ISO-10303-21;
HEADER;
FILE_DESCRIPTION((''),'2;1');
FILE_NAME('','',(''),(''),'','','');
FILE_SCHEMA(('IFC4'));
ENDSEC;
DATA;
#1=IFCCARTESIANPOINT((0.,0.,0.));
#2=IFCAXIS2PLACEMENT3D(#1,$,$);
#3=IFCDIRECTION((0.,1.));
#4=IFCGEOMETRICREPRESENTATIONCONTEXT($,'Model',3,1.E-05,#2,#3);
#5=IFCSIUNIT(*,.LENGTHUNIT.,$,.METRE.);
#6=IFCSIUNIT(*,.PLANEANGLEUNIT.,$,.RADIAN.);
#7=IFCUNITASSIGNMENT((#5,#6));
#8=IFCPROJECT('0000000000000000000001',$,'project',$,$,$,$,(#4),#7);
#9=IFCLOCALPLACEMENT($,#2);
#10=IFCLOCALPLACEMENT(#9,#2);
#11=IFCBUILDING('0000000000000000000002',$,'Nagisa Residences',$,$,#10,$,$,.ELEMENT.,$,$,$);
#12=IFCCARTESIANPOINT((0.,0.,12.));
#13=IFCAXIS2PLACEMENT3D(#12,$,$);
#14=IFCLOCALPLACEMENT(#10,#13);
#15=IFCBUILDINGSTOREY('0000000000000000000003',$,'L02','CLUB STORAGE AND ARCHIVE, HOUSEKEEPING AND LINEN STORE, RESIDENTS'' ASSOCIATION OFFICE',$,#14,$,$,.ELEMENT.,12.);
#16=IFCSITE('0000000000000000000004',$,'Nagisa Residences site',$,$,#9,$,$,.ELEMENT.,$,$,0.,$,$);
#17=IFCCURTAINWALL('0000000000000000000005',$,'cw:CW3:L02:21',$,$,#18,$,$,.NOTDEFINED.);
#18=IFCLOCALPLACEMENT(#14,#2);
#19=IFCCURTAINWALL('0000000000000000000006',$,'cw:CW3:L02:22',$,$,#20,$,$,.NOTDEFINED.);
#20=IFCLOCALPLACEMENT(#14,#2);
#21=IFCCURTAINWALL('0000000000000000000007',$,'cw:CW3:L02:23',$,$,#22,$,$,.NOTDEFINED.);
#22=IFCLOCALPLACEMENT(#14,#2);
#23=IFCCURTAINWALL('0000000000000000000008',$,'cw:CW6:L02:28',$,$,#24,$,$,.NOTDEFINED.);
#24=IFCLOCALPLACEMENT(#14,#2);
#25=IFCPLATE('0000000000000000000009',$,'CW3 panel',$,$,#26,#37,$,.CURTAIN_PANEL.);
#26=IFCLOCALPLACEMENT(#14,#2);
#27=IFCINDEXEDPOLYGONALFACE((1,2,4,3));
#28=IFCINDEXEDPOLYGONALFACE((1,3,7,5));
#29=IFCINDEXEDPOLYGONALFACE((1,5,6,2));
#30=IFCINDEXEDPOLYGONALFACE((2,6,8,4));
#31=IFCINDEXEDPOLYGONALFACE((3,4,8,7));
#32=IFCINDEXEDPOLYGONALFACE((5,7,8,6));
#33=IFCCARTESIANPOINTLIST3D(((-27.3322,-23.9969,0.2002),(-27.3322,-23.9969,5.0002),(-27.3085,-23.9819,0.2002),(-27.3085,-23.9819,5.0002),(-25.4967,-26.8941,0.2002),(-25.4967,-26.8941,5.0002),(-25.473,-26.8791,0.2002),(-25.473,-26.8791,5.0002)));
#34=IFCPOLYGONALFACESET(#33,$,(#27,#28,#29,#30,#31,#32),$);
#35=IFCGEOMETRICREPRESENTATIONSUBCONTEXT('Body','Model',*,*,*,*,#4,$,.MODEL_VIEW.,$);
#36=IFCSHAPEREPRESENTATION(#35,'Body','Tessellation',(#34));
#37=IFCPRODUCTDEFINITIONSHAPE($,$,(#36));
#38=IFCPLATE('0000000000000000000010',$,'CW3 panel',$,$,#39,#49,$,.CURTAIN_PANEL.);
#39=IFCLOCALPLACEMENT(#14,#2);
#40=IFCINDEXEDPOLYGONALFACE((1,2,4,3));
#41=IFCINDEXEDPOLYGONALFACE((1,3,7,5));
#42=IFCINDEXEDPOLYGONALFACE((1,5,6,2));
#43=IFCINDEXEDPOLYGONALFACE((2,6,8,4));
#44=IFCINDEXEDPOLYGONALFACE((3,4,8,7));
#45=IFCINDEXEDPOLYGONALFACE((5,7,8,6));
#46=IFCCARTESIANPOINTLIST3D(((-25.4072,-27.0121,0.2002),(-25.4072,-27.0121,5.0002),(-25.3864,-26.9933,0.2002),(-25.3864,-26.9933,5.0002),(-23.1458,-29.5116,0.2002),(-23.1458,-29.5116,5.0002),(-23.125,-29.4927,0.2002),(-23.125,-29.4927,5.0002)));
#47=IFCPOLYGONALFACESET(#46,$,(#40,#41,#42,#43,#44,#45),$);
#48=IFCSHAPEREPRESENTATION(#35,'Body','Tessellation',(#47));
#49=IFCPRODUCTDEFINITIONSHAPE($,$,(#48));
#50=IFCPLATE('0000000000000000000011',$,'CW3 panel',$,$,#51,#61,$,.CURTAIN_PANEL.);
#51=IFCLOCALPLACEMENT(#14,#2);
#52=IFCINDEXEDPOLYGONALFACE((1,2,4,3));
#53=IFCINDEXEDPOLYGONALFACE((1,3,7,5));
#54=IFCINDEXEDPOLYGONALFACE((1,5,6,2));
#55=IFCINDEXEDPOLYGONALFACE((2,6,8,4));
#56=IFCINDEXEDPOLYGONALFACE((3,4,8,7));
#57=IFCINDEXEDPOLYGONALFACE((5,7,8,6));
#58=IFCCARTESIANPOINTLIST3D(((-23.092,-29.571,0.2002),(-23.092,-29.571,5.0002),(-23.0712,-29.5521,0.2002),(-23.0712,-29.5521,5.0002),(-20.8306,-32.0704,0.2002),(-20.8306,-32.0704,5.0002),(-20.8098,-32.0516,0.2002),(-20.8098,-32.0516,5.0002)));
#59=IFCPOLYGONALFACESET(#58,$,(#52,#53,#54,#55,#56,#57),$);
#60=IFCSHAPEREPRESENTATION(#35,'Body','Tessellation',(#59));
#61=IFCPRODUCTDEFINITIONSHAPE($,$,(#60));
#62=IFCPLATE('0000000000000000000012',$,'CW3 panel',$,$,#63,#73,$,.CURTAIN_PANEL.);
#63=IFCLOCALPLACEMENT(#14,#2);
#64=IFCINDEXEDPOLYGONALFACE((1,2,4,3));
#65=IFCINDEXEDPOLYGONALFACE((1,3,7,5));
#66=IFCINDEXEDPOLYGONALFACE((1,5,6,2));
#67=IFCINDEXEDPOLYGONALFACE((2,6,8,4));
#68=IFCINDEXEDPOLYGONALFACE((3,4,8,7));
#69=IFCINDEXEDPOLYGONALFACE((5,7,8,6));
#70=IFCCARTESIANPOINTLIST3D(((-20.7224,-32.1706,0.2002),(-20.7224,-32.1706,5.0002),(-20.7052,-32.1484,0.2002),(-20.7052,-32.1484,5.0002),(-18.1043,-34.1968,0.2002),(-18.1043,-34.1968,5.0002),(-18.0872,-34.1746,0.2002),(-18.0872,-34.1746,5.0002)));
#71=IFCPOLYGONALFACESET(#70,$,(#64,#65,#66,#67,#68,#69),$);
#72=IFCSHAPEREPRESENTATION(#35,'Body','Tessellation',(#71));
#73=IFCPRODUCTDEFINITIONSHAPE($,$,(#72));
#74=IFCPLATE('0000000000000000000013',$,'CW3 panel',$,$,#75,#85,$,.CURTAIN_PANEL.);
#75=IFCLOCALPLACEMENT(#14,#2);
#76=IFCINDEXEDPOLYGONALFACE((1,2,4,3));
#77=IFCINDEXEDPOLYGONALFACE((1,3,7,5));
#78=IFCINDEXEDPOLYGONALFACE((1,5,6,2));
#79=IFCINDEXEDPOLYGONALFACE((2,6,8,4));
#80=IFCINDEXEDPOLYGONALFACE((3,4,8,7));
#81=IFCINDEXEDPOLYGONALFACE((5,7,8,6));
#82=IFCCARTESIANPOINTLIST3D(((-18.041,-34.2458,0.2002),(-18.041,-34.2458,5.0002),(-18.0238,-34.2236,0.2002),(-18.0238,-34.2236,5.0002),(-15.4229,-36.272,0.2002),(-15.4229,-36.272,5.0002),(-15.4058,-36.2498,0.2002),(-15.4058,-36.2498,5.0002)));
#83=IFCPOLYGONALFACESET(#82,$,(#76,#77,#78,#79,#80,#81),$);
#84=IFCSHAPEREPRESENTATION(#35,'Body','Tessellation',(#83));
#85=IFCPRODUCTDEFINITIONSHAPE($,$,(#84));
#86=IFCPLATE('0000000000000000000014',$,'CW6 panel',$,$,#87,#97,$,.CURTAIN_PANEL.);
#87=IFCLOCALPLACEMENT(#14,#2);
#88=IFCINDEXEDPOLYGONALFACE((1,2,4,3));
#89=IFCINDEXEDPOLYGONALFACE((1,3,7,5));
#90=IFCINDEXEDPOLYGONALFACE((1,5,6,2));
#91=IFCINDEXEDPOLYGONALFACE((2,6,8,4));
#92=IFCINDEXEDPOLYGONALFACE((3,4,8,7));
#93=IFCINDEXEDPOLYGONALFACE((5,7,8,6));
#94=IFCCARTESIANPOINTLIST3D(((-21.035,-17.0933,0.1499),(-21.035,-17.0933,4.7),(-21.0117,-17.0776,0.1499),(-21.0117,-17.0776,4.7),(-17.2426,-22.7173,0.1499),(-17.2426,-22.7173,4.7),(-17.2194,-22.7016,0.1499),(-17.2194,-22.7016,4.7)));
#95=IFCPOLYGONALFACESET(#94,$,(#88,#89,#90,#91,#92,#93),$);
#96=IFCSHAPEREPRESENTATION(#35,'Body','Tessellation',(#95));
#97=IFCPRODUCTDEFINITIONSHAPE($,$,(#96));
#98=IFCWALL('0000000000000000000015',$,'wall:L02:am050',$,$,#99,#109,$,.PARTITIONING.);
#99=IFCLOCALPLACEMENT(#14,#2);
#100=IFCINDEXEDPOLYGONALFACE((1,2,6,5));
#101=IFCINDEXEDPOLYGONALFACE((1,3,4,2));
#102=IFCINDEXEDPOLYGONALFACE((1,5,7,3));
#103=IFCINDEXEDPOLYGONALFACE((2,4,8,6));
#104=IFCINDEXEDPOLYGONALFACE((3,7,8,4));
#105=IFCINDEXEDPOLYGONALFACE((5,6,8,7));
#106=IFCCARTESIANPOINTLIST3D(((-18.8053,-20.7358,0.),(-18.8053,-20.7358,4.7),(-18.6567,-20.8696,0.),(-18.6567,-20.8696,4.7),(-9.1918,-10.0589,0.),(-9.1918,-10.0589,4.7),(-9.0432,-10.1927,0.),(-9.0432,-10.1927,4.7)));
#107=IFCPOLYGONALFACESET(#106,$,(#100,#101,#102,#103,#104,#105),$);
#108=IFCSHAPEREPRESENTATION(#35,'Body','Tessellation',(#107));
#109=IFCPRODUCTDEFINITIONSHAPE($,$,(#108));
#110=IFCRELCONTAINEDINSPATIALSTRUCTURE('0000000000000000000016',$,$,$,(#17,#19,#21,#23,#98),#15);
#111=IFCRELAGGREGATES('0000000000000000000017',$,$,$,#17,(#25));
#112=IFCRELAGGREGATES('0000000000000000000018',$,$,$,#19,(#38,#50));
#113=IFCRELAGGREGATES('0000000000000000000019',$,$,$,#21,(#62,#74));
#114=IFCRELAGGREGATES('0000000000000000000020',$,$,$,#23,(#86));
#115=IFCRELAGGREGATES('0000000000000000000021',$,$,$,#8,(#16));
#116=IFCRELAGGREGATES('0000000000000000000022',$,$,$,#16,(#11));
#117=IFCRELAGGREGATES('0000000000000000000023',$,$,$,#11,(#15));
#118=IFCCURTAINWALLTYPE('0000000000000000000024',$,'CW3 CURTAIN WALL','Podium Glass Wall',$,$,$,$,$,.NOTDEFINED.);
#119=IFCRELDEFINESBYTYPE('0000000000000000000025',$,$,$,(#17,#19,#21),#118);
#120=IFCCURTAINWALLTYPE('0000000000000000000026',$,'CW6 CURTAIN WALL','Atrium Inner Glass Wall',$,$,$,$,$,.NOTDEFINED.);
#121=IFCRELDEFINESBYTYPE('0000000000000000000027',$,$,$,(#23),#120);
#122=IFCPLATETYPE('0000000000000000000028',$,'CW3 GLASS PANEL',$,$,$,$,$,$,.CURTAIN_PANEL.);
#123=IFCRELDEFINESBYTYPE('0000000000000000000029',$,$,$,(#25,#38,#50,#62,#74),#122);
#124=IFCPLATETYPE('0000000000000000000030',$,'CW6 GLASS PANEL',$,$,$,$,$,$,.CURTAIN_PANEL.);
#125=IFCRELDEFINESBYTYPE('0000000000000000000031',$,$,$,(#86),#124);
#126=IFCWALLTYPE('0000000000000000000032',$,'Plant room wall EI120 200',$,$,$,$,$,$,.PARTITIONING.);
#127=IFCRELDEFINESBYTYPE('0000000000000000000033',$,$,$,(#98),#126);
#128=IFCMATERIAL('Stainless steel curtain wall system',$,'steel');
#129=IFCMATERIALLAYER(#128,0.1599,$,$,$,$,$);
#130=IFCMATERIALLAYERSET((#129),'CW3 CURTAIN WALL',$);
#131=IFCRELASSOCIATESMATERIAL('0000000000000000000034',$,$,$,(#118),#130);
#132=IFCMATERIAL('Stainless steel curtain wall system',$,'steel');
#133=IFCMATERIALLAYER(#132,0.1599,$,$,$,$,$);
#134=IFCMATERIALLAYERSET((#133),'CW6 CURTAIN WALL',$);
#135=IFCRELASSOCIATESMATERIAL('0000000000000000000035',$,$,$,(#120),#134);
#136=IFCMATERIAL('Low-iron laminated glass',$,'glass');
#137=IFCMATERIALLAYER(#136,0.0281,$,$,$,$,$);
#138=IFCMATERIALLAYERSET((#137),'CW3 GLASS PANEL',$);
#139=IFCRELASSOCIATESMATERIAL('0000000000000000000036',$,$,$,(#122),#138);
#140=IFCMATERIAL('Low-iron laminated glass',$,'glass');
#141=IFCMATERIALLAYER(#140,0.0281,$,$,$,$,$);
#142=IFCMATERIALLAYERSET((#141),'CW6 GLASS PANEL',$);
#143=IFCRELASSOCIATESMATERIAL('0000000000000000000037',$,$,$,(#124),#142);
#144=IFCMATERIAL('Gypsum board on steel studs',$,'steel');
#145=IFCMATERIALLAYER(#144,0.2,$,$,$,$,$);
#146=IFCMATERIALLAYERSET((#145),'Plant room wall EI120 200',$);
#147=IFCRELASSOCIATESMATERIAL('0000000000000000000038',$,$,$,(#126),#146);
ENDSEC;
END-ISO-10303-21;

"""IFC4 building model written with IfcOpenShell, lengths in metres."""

from ifc_helpers import new_model, si_unit, direction, frame, frame_2d, origin, origin_2d, place, context, subcontext, project, spatial, rectangle, extrude, material, layer, layer_set, type_object, element, aggregate, save


model = new_model("IFC4")

# Units and contexts
model_context = context("Model", 3, precision=1e-05, world=origin(), true_north=direction((0.0, 1.0)))
body_context = subcontext(model_context, "Body", "Model", "MODEL_VIEW")
ifc_project = project(units=[si_unit("LENGTHUNIT", "METRE"), si_unit("PLANEANGLEUNIT", "RADIAN")], contexts=[model_context])

# Site, building, storey
site_placement = place(None, origin())
site = spatial("IfcSite", under=ifc_project, at=site_placement, Name="Nagisa Residences site", CompositionType="ELEMENT", RefElevation=0.0)
building_placement = place(site_placement, origin())
building = spatial("IfcBuilding", under=site, at=building_placement, Name="Nagisa Residences", CompositionType="ELEMENT")
storey_placement = place(building_placement, frame((0.0, 0.0, 12.0)))
storey = spatial("IfcBuildingStorey", under=building, at=storey_placement, Name="L02", Description="CLUB STORAGE AND ARCHIVE, HOUSEKEEPING AND LINEN STORE, RESIDENTS' ASSOCIATION OFFICE", CompositionType="ELEMENT", Elevation=12.0)

# Curtain walls
ifc_material_1 = material(Name="Stainless steel curtain wall system", Category="steel")
ifc_layer_1 = layer(ifc_material_1, 0.1599)
ifc_layer_set_1 = layer_set([ifc_layer_1], Name="CW3 CURTAIN WALL")
curtain_wall_type_1 = type_object("IfcCurtainWallType", Name="CW3 CURTAIN WALL", Description="Podium Glass Wall", PredefinedType="NOTDEFINED", material=ifc_layer_set_1)
curtain_wall_1_placement = place(storey_placement, origin())
curtain_wall_1 = element("IfcCurtainWall", 1, at=curtain_wall_1_placement, inside=storey, type_object=curtain_wall_type_1, Name="cw:CW3:L02:21", PredefinedType="NOTDEFINED")
curtain_wall_2_placement = place(storey_placement, origin())
curtain_wall_2 = element("IfcCurtainWall", 2, at=curtain_wall_2_placement, inside=storey, type_object=curtain_wall_type_1, Name="cw:CW3:L02:22", PredefinedType="NOTDEFINED")
curtain_wall_3_placement = place(storey_placement, origin())
curtain_wall_3 = element("IfcCurtainWall", 3, at=curtain_wall_3_placement, inside=storey, type_object=curtain_wall_type_1, Name="cw:CW3:L02:23", PredefinedType="NOTDEFINED")

# Curtain wall
ifc_material_2 = material(Name="Stainless steel curtain wall system", Category="steel")
ifc_layer_2 = layer(ifc_material_2, 0.1599)
ifc_layer_set_2 = layer_set([ifc_layer_2], Name="CW6 CURTAIN WALL")
curtain_wall_type_2 = type_object("IfcCurtainWallType", Name="CW6 CURTAIN WALL", Description="Atrium Inner Glass Wall", PredefinedType="NOTDEFINED", material=ifc_layer_set_2)
curtain_wall_4_placement = place(storey_placement, origin())
curtain_wall_4 = element("IfcCurtainWall", 4, at=curtain_wall_4_placement, inside=storey, type_object=curtain_wall_type_2, Name="cw:CW6:L02:28", PredefinedType="NOTDEFINED")

# Plates
ifc_material_3 = material(Name="Low-iron laminated glass", Category="glass")
ifc_layer_3 = layer(ifc_material_3, 0.0281)
ifc_layer_set_3 = layer_set([ifc_layer_3], Name="CW3 GLASS PANEL")
plate_type_1 = type_object("IfcPlateType", Name="CW3 GLASS PANEL", PredefinedType="CURTAIN_PANEL", material=ifc_layer_set_3)
plate_1_placement = place(storey_placement, frame((-26.4026, -25.438, 0.2002), z_axis=(0.0, 0.0, 1.0), x_axis=(0.535165, -0.844747, 0.0)))
plate_1 = element("IfcPlate", 5, at=plate_1_placement, type_object=plate_type_1, Name="CW3 panel", PredefinedType="CURTAIN_PANEL", context=body_context, shape_type="SweptSolid", body=[
    extrude(rectangle(XDim=3.4297, YDim=0.0281, at=origin_2d()), origin(), (0.0, 0.0, 1.0), 4.8),
])
aggregate(curtain_wall_1, [plate_1])
plate_2_placement = place(storey_placement, frame((-24.2661, -28.2524, 0.2002), z_axis=(0.0, 0.0, 1.0), x_axis=(0.670913, -0.741536, 0.0)))
plate_2 = element("IfcPlate", 6, at=plate_2_placement, type_object=plate_type_1, Name="CW3 panel", PredefinedType="CURTAIN_PANEL", context=body_context, shape_type="SweptSolid", body=[
    extrude(rectangle(XDim=3.3706, YDim=0.0281, at=origin_2d()), origin(), (0.0, 0.0, 1.0), 4.8),
])
plate_3_placement = place(storey_placement, frame((-21.9509, -30.8113, 0.2002), z_axis=(0.0, 0.0, 1.0), x_axis=(0.670913, -0.741536, 0.0)))
plate_3 = element("IfcPlate", 7, at=plate_3_placement, type_object=plate_type_1, Name="CW3 panel", PredefinedType="CURTAIN_PANEL", context=body_context, shape_type="SweptSolid", body=[
    extrude(rectangle(XDim=3.3706, YDim=0.0281, at=origin_2d()), origin(), (0.0, 0.0, 1.0), 4.8),
])
aggregate(curtain_wall_2, [plate_2, plate_3])
plate_4_placement = place(storey_placement, frame((-19.4048, -33.1726, 0.2002), z_axis=(0.0, 0.0, 1.0), x_axis=(0.790831, -0.612035, 0.0)))
plate_4 = element("IfcPlate", 8, at=plate_4_placement, type_object=plate_type_1, Name="CW3 panel", PredefinedType="CURTAIN_PANEL", context=body_context, shape_type="SweptSolid", body=[
    extrude(rectangle(XDim=3.3105, YDim=0.0281, at=origin_2d()), origin(), (0.0, 0.0, 1.0), 4.8),
])
plate_5_placement = place(storey_placement, frame((-16.7234, -35.2478, 0.2002), z_axis=(0.0, 0.0, 1.0), x_axis=(0.790831, -0.612035, 0.0)))
plate_5 = element("IfcPlate", 9, at=plate_5_placement, type_object=plate_type_1, Name="CW3 panel", PredefinedType="CURTAIN_PANEL", context=body_context, shape_type="SweptSolid", body=[
    extrude(rectangle(XDim=3.3105, YDim=0.0281, at=origin_2d()), origin(), (0.0, 0.0, 1.0), 4.8),
])
aggregate(curtain_wall_3, [plate_4, plate_5])
ifc_material_4 = material(Name="Low-iron laminated glass", Category="glass")
ifc_layer_4 = layer(ifc_material_4, 0.0281)
ifc_layer_set_4 = layer_set([ifc_layer_4], Name="CW6 GLASS PANEL")
plate_type_2 = type_object("IfcPlateType", Name="CW6 GLASS PANEL", PredefinedType="CURTAIN_PANEL", material=ifc_layer_set_4)
plate_6_placement = place(storey_placement, frame((-19.1272, -19.8975, 0.1499), z_axis=(0.0, 0.0, 1.0), x_axis=(0.559084, -0.829111, 0.0)))
plate_6 = element("IfcPlate", 10, at=plate_6_placement, type_object=plate_type_2, Name="CW6 panel", PredefinedType="CURTAIN_PANEL", context=body_context, shape_type="SweptSolid", body=[
    extrude(rectangle(XDim=6.7832, YDim=0.0281, at=origin_2d()), origin(), (0.0, 0.0, 1.0), 4.55),
])
aggregate(curtain_wall_4, [plate_6])

# Wall
ifc_material_5 = material(Name="Gypsum board on steel studs", Category="steel")
ifc_layer_5 = layer(ifc_material_5, 0.2)
ifc_layer_set_5 = layer_set([ifc_layer_5], Name="Plant room wall EI120 200")
wall_type = type_object("IfcWallType", Name="Plant room wall EI120 200", PredefinedType="PARTITIONING", material=ifc_layer_set_5)
wall_placement = place(storey_placement, frame((-18.731, -20.8027, 0.0), z_axis=(0.0, 0.0, 1.0), x_axis=(0.669127, 0.743148, 0.0)))
element("IfcWall", 11, at=wall_placement, inside=storey, type_object=wall_type, Name="wall:L02:am050", PredefinedType="PARTITIONING", context=body_context, shape_type="SweptSolid", body=[
    extrude(rectangle(XDim=14.3672, YDim=0.2, at=frame_2d((7.1836, 0.0))), origin(), (0.0, 0.0, 1.0), 4.7),
])

save(model, "model.ifc")
